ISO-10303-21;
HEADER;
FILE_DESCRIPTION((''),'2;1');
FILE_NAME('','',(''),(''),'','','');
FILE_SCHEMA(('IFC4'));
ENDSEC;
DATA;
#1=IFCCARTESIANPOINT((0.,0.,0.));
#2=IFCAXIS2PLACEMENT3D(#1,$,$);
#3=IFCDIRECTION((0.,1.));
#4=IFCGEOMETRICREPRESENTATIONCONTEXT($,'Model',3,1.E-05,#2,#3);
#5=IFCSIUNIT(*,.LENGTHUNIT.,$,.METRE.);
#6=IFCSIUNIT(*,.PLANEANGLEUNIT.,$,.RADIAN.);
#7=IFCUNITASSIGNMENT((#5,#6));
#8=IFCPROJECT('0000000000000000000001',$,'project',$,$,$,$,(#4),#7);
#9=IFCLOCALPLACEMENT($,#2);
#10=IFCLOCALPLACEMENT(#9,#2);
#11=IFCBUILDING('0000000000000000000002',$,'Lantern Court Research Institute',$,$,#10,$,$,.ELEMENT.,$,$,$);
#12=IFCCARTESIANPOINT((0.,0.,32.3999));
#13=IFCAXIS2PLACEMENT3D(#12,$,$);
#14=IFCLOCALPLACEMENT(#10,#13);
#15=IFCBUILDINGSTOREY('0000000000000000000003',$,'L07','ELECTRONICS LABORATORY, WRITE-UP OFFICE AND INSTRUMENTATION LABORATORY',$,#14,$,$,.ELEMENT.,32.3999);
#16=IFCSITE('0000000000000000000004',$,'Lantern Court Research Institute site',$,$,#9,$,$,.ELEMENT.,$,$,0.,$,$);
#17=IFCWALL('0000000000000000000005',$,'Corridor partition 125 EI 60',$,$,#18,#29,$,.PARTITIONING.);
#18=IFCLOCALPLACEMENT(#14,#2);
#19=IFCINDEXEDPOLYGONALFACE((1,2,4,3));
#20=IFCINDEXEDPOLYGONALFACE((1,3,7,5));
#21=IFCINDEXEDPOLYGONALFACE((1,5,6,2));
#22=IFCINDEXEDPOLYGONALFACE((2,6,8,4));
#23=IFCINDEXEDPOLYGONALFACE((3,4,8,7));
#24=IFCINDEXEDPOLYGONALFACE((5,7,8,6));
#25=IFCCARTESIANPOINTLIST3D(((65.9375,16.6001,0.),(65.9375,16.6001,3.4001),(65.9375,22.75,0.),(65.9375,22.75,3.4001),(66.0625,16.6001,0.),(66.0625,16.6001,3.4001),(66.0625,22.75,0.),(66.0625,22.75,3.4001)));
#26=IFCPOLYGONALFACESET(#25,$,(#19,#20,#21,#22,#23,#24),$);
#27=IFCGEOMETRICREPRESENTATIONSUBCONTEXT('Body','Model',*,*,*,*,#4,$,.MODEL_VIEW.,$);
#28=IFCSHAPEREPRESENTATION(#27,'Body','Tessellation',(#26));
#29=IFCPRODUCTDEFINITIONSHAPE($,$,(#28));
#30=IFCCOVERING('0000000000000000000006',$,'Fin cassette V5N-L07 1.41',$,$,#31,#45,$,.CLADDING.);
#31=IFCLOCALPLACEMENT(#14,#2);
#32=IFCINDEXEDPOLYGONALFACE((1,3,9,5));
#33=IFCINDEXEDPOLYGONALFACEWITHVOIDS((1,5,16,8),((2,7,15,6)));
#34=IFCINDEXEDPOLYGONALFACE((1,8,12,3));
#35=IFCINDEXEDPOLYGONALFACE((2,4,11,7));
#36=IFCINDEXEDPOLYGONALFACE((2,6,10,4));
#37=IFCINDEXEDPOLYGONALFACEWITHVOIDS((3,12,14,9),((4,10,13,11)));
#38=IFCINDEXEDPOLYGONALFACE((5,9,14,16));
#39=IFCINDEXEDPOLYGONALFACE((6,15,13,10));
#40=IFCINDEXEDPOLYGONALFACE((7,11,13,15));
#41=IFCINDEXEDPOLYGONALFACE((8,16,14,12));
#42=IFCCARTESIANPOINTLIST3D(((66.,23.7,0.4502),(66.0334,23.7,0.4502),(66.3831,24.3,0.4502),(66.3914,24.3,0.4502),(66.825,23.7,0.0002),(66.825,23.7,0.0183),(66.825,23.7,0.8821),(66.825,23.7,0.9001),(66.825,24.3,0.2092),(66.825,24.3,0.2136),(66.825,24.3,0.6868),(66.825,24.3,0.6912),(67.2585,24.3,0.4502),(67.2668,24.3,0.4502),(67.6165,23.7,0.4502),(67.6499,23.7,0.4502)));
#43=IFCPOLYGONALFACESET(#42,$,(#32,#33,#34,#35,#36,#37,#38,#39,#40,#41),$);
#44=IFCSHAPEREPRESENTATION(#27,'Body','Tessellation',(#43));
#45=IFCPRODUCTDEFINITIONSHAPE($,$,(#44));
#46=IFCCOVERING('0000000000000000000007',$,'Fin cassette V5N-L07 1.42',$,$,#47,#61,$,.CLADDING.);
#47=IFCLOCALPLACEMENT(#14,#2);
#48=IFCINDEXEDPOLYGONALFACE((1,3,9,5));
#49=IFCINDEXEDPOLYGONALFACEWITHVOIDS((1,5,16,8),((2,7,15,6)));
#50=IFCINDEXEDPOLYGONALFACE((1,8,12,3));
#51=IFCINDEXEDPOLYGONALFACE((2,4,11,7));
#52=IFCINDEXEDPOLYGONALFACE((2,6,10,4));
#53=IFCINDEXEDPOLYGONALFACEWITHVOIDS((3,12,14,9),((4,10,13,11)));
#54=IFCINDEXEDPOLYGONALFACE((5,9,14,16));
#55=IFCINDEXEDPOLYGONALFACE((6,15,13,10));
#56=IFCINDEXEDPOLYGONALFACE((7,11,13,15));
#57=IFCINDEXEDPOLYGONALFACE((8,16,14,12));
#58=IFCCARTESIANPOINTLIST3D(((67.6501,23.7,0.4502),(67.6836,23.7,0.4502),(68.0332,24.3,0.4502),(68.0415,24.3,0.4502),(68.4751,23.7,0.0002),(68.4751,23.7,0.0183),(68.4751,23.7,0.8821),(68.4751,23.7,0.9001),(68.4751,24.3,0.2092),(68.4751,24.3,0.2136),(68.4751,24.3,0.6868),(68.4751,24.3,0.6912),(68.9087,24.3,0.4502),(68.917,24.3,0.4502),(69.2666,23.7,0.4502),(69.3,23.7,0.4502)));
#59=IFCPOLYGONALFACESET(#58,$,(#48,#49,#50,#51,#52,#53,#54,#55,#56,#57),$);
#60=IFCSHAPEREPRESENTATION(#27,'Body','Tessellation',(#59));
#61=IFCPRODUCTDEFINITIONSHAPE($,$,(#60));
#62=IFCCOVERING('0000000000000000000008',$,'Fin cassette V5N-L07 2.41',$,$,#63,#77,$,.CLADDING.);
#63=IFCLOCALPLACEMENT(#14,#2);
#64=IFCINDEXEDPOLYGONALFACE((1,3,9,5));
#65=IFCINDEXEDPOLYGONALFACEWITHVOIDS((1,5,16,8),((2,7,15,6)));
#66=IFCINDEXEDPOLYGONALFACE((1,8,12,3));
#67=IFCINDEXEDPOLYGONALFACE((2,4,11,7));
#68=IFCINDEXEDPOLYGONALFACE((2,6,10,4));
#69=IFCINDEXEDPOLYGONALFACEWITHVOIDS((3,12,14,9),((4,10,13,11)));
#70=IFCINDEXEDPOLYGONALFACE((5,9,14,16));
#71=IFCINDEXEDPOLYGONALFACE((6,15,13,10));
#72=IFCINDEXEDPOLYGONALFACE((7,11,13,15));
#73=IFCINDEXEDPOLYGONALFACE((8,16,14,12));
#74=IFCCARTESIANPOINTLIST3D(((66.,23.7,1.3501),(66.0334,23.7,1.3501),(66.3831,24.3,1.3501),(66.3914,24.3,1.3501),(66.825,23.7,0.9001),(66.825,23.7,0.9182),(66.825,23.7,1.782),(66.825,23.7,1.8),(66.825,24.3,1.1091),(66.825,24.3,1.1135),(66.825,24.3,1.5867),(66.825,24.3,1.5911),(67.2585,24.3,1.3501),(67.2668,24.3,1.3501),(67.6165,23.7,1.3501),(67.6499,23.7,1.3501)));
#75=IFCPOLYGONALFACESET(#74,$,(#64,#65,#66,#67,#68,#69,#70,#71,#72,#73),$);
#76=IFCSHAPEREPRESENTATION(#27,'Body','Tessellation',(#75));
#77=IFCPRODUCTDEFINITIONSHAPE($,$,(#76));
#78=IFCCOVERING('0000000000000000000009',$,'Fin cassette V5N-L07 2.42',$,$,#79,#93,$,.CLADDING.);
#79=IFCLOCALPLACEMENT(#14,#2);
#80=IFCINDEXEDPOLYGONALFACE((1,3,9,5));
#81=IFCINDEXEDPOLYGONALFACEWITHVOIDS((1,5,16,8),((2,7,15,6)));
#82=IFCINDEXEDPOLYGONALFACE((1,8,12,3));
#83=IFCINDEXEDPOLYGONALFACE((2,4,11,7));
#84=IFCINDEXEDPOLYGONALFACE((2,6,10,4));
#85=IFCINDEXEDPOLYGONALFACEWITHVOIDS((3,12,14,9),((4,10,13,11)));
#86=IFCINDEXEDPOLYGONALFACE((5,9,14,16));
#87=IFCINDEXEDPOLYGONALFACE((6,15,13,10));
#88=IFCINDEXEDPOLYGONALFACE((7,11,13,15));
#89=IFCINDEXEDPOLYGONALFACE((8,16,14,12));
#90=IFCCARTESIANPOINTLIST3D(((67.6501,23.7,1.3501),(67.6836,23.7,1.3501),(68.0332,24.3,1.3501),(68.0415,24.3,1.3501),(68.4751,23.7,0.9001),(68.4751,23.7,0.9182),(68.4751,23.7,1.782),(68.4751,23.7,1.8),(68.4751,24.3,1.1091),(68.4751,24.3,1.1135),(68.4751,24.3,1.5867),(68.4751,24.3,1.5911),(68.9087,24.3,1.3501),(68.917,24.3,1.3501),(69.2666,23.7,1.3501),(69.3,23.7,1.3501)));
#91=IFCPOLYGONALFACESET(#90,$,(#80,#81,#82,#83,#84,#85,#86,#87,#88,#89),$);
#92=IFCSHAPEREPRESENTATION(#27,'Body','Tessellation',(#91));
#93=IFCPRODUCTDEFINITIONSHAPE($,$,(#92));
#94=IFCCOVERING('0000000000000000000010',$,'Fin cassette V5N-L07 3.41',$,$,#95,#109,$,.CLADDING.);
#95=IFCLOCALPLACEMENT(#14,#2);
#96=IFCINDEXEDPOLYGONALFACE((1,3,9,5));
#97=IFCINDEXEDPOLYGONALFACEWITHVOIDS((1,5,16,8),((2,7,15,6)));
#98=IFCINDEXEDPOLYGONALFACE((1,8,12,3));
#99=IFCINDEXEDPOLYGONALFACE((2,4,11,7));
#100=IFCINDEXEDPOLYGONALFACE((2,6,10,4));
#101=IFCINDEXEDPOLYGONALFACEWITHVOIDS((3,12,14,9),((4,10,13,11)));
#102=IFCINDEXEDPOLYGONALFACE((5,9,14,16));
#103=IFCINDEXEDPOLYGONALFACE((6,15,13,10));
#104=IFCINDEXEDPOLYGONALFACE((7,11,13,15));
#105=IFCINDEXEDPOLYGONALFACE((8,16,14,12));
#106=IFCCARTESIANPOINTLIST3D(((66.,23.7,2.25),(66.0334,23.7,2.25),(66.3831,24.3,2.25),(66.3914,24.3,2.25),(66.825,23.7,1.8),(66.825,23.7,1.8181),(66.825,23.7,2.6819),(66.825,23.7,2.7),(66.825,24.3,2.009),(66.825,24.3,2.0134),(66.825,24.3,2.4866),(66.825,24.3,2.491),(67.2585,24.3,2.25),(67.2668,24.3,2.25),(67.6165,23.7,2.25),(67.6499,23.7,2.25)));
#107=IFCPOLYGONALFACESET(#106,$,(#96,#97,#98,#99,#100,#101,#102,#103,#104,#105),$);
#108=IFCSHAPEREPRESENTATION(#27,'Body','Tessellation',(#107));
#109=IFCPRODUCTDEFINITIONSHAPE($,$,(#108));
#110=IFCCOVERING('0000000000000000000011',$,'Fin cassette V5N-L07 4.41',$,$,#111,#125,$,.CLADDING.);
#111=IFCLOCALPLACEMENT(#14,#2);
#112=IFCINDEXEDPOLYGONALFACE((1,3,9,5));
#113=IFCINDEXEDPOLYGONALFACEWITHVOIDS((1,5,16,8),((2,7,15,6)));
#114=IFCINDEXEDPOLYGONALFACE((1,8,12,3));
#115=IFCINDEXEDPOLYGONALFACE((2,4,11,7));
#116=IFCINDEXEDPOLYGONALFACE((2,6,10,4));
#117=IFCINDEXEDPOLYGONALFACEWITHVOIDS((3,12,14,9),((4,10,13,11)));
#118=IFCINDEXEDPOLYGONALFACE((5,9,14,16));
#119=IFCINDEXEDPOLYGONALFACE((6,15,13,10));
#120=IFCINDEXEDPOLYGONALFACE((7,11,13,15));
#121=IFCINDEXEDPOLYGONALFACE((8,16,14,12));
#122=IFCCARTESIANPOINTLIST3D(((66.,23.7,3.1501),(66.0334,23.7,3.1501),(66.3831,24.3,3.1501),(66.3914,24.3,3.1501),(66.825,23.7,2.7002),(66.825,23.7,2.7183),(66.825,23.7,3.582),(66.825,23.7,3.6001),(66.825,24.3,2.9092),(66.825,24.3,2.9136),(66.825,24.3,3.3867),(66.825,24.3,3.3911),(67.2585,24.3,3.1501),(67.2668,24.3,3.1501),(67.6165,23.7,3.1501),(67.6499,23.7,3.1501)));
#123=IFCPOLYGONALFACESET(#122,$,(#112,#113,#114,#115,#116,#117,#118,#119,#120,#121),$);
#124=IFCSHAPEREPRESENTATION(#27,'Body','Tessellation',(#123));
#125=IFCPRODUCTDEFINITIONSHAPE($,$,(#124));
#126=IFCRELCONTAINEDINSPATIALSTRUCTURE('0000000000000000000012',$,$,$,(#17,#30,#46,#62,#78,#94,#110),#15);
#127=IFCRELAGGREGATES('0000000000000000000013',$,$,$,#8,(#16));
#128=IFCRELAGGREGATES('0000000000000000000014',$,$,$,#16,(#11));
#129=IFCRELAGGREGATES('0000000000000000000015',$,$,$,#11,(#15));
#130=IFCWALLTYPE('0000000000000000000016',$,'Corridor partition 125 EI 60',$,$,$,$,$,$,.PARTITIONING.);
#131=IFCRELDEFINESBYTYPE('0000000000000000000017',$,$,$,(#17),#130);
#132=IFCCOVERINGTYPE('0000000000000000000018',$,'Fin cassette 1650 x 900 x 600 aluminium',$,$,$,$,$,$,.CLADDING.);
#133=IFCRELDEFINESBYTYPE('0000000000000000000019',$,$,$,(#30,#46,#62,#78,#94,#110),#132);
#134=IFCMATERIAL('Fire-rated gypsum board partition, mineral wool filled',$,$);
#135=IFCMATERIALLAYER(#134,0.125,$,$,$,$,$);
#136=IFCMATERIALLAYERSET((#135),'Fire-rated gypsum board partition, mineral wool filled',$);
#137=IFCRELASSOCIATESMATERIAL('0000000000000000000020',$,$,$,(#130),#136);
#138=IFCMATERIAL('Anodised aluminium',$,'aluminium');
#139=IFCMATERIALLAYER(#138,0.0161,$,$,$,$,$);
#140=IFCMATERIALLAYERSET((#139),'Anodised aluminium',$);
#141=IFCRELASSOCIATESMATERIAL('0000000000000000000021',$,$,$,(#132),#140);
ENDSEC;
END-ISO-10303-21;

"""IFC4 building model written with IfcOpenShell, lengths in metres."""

from ifc_helpers import new_model, entity, si_unit, direction, frame, frame_2d, origin, place, context, subcontext, project, spatial, rectangle, extrude, material, layer, layer_set, type_object, element, save


model = new_model("IFC4")

# Units and contexts
model_context = context("Model", 3, precision=1e-05, world=origin(), true_north=direction((0.0, 1.0)))
body_context = subcontext(model_context, "Body", "Model", "MODEL_VIEW")
ifc_project = project(units=[si_unit("LENGTHUNIT", "METRE"), si_unit("PLANEANGLEUNIT", "RADIAN")], contexts=[model_context])

# Site, building, storey
site_placement = place(None, origin())
site = spatial("IfcSite", under=ifc_project, at=site_placement, Name="Lantern Court Research Institute site", CompositionType="ELEMENT", RefElevation=0.0)
building_placement = place(site_placement, origin())
building = spatial("IfcBuilding", under=site, at=building_placement, Name="Lantern Court Research Institute", CompositionType="ELEMENT")
storey_placement = place(building_placement, frame((0.0, 0.0, 32.3999)))
storey = spatial("IfcBuildingStorey", under=building, at=storey_placement, Name="L07", Description="ELECTRONICS LABORATORY, WRITE-UP OFFICE AND INSTRUMENTATION LABORATORY", CompositionType="ELEMENT", Elevation=32.3999)

# Wall
ifc_material_1 = material(Name="Fire-rated gypsum board partition, mineral wool filled")
ifc_layer_1 = layer(ifc_material_1, 0.125)
ifc_layer_set_1 = layer_set([ifc_layer_1], Name="Fire-rated gypsum board partition, mineral wool filled")
wall_type_1 = type_object("IfcWallType", Name="Corridor partition 125 EI 60", PredefinedType="PARTITIONING", material=ifc_layer_set_1)
wall_1_placement = place(storey_placement, frame((66.0, 16.6001, 0.0), z_axis=(0.0, 0.0, 1.0), x_axis=(0.0, 1.0, 0.0)))
element("IfcWall", 1, at=wall_1_placement, inside=storey, type_object=wall_type_1, Name="Corridor partition 125 EI 60", PredefinedType="PARTITIONING", context=body_context, shape_type="SweptSolid", body=[
    extrude(rectangle(XDim=6.1499, YDim=0.125, at=frame_2d((3.075, 0.0))), origin(), (0.0, 0.0, 1.0), 3.4001),
])

# Coverings
ifc_material_2 = material(Name="Anodised aluminium", Category="aluminium")
ifc_layer_2 = layer(ifc_material_2, 0.0161)
ifc_layer_set_2 = layer_set([ifc_layer_2], Name="Anodised aluminium")
covering_type = type_object("IfcCoveringType", Name="Fin cassette 1650 x 900 x 600 aluminium", PredefinedType="CLADDING", material=ifc_layer_set_2)
covering_1_placement = place(storey_placement, frame((66.825, 23.7, 0.4502), z_axis=(0.0, 1.0, 0.0), x_axis=(-1.0, 0.0, 0.0)))
cartesian_point_1 = entity("IfcCartesianPoint", [0.825, 0.0])
cartesian_point_2 = entity("IfcCartesianPoint", [0.7915, 0.0])
cartesian_point_3 = entity("IfcCartesianPoint", [0.4419, 0.0])
cartesian_point_4 = entity("IfcCartesianPoint", [0.4336, 0.0])
element("IfcCovering", 2, at=covering_1_placement, inside=storey, type_object=covering_type, Name="Fin cassette V5N-L07 1.41", PredefinedType="CLADDING", context=body_context, shape_type="SweptSolid", body=[
    entity("IfcExtrudedAreaSolidTapered", entity("IfcArbitraryProfileDefWithVoids", "AREA", None, entity("IfcPolyline", [cartesian_point_1, entity("IfcCartesianPoint", [0.0, 0.45]), entity("IfcCartesianPoint", [-0.825, 0.0]), entity("IfcCartesianPoint", [0.0, -0.45]), cartesian_point_1]), [entity("IfcPolyline", [cartesian_point_2, entity("IfcCartesianPoint", [0.0, 0.4319]), entity("IfcCartesianPoint", [-0.7915, 0.0]), entity("IfcCartesianPoint", [0.0, -0.4319]), cartesian_point_2])]), entity("IfcAxis2Placement3D", entity("IfcCartesianPoint", [0.0, 0.0, 0.0])), entity("IfcDirection", [0.0, 0.0, 1.0]), 0.6001, entity("IfcArbitraryProfileDefWithVoids", "AREA", None, entity("IfcPolyline", [cartesian_point_3, entity("IfcCartesianPoint", [0.0, 0.241]), entity("IfcCartesianPoint", [-0.4419, 0.0]), entity("IfcCartesianPoint", [0.0, -0.241]), cartesian_point_3]), [entity("IfcPolyline", [cartesian_point_4, entity("IfcCartesianPoint", [0.0, 0.2366]), entity("IfcCartesianPoint", [-0.4336, 0.0]), entity("IfcCartesianPoint", [0.0, -0.2366]), cartesian_point_4])])),
])
covering_2_placement = place(storey_placement, frame((68.4751, 23.7, 0.4502), z_axis=(0.0, 1.0, 0.0), x_axis=(-1.0, 0.0, 0.0)))
cartesian_point_5 = entity("IfcCartesianPoint", [0.825, 0.0])
cartesian_point_6 = entity("IfcCartesianPoint", [0.7915, 0.0])
cartesian_point_7 = entity("IfcCartesianPoint", [0.4419, 0.0])
cartesian_point_8 = entity("IfcCartesianPoint", [0.4336, 0.0])
element("IfcCovering", 3, at=covering_2_placement, inside=storey, type_object=covering_type, Name="Fin cassette V5N-L07 1.42", PredefinedType="CLADDING", context=body_context, shape_type="SweptSolid", body=[
    entity("IfcExtrudedAreaSolidTapered", entity("IfcArbitraryProfileDefWithVoids", "AREA", None, entity("IfcPolyline", [cartesian_point_5, entity("IfcCartesianPoint", [0.0, 0.45]), entity("IfcCartesianPoint", [-0.825, 0.0]), entity("IfcCartesianPoint", [0.0, -0.45]), cartesian_point_5]), [entity("IfcPolyline", [cartesian_point_6, entity("IfcCartesianPoint", [0.0, 0.4319]), entity("IfcCartesianPoint", [-0.7915, 0.0]), entity("IfcCartesianPoint", [0.0, -0.4319]), cartesian_point_6])]), entity("IfcAxis2Placement3D", entity("IfcCartesianPoint", [0.0, 0.0, 0.0])), entity("IfcDirection", [0.0, 0.0, 1.0]), 0.6001, entity("IfcArbitraryProfileDefWithVoids", "AREA", None, entity("IfcPolyline", [cartesian_point_7, entity("IfcCartesianPoint", [0.0, 0.241]), entity("IfcCartesianPoint", [-0.4419, 0.0]), entity("IfcCartesianPoint", [0.0, -0.241]), cartesian_point_7]), [entity("IfcPolyline", [cartesian_point_8, entity("IfcCartesianPoint", [0.0, 0.2366]), entity("IfcCartesianPoint", [-0.4336, 0.0]), entity("IfcCartesianPoint", [0.0, -0.2366]), cartesian_point_8])])),
])
covering_3_placement = place(storey_placement, frame((66.825, 23.7, 1.3501), z_axis=(0.0, 1.0, 0.0), x_axis=(-1.0, 0.0, 0.0)))
cartesian_point_9 = entity("IfcCartesianPoint", [0.825, 0.0])
cartesian_point_10 = entity("IfcCartesianPoint", [0.7915, 0.0])
cartesian_point_11 = entity("IfcCartesianPoint", [0.4419, 0.0])
cartesian_point_12 = entity("IfcCartesianPoint", [0.4336, 0.0])
element("IfcCovering", 4, at=covering_3_placement, inside=storey, type_object=covering_type, Name="Fin cassette V5N-L07 2.41", PredefinedType="CLADDING", context=body_context, shape_type="SweptSolid", body=[
    entity("IfcExtrudedAreaSolidTapered", entity("IfcArbitraryProfileDefWithVoids", "AREA", None, entity("IfcPolyline", [cartesian_point_9, entity("IfcCartesianPoint", [0.0, 0.45]), entity("IfcCartesianPoint", [-0.825, 0.0]), entity("IfcCartesianPoint", [0.0, -0.45]), cartesian_point_9]), [entity("IfcPolyline", [cartesian_point_10, entity("IfcCartesianPoint", [0.0, 0.4319]), entity("IfcCartesianPoint", [-0.7915, 0.0]), entity("IfcCartesianPoint", [0.0, -0.4319]), cartesian_point_10])]), entity("IfcAxis2Placement3D", entity("IfcCartesianPoint", [0.0, 0.0, 0.0])), entity("IfcDirection", [0.0, 0.0, 1.0]), 0.6001, entity("IfcArbitraryProfileDefWithVoids", "AREA", None, entity("IfcPolyline", [cartesian_point_11, entity("IfcCartesianPoint", [0.0, 0.241]), entity("IfcCartesianPoint", [-0.4419, 0.0]), entity("IfcCartesianPoint", [0.0, -0.241]), cartesian_point_11]), [entity("IfcPolyline", [cartesian_point_12, entity("IfcCartesianPoint", [0.0, 0.2366]), entity("IfcCartesianPoint", [-0.4336, 0.0]), entity("IfcCartesianPoint", [0.0, -0.2366]), cartesian_point_12])])),
])
covering_4_placement = place(storey_placement, frame((68.4751, 23.7, 1.3501), z_axis=(0.0, 1.0, 0.0), x_axis=(-1.0, 0.0, 0.0)))
cartesian_point_13 = entity("IfcCartesianPoint", [0.825, 0.0])
cartesian_point_14 = entity("IfcCartesianPoint", [0.7915, 0.0])
cartesian_point_15 = entity("IfcCartesianPoint", [0.4419, 0.0])
cartesian_point_16 = entity("IfcCartesianPoint", [0.4336, 0.0])
element("IfcCovering", 5, at=covering_4_placement, inside=storey, type_object=covering_type, Name="Fin cassette V5N-L07 2.42", PredefinedType="CLADDING", context=body_context, shape_type="SweptSolid", body=[
    entity("IfcExtrudedAreaSolidTapered", entity("IfcArbitraryProfileDefWithVoids", "AREA", None, entity("IfcPolyline", [cartesian_point_13, entity("IfcCartesianPoint", [0.0, 0.45]), entity("IfcCartesianPoint", [-0.825, 0.0]), entity("IfcCartesianPoint", [0.0, -0.45]), cartesian_point_13]), [entity("IfcPolyline", [cartesian_point_14, entity("IfcCartesianPoint", [0.0, 0.4319]), entity("IfcCartesianPoint", [-0.7915, 0.0]), entity("IfcCartesianPoint", [0.0, -0.4319]), cartesian_point_14])]), entity("IfcAxis2Placement3D", entity("IfcCartesianPoint", [0.0, 0.0, 0.0])), entity("IfcDirection", [0.0, 0.0, 1.0]), 0.6001, entity("IfcArbitraryProfileDefWithVoids", "AREA", None, entity("IfcPolyline", [cartesian_point_15, entity("IfcCartesianPoint", [0.0, 0.241]), entity("IfcCartesianPoint", [-0.4419, 0.0]), entity("IfcCartesianPoint", [0.0, -0.241]), cartesian_point_15]), [entity("IfcPolyline", [cartesian_point_16, entity("IfcCartesianPoint", [0.0, 0.2366]), entity("IfcCartesianPoint", [-0.4336, 0.0]), entity("IfcCartesianPoint", [0.0, -0.2366]), cartesian_point_16])])),
])
covering_5_placement = place(storey_placement, frame((66.825, 23.7, 2.25), z_axis=(0.0, 1.0, 0.0), x_axis=(-1.0, 0.0, 0.0)))
cartesian_point_17 = entity("IfcCartesianPoint", [0.825, 0.0])
cartesian_point_18 = entity("IfcCartesianPoint", [0.7915, 0.0])
cartesian_point_19 = entity("IfcCartesianPoint", [0.4419, 0.0])
cartesian_point_20 = entity("IfcCartesianPoint", [0.4336, 0.0])
element("IfcCovering", 6, at=covering_5_placement, inside=storey, type_object=covering_type, Name="Fin cassette V5N-L07 3.41", PredefinedType="CLADDING", context=body_context, shape_type="SweptSolid", body=[
    entity("IfcExtrudedAreaSolidTapered", entity("IfcArbitraryProfileDefWithVoids", "AREA", None, entity("IfcPolyline", [cartesian_point_17, entity("IfcCartesianPoint", [0.0, 0.45]), entity("IfcCartesianPoint", [-0.825, 0.0]), entity("IfcCartesianPoint", [0.0, -0.45]), cartesian_point_17]), [entity("IfcPolyline", [cartesian_point_18, entity("IfcCartesianPoint", [0.0, 0.4319]), entity("IfcCartesianPoint", [-0.7915, 0.0]), entity("IfcCartesianPoint", [0.0, -0.4319]), cartesian_point_18])]), entity("IfcAxis2Placement3D", entity("IfcCartesianPoint", [0.0, 0.0, 0.0])), entity("IfcDirection", [0.0, 0.0, 1.0]), 0.6001, entity("IfcArbitraryProfileDefWithVoids", "AREA", None, entity("IfcPolyline", [cartesian_point_19, entity("IfcCartesianPoint", [0.0, 0.241]), entity("IfcCartesianPoint", [-0.4419, 0.0]), entity("IfcCartesianPoint", [0.0, -0.241]), cartesian_point_19]), [entity("IfcPolyline", [cartesian_point_20, entity("IfcCartesianPoint", [0.0, 0.2366]), entity("IfcCartesianPoint", [-0.4336, 0.0]), entity("IfcCartesianPoint", [0.0, -0.2366]), cartesian_point_20])])),
])
covering_6_placement = place(storey_placement, frame((66.825, 23.7, 3.1501), z_axis=(0.0, 1.0, 0.0), x_axis=(-1.0, 0.0, 0.0)))
cartesian_point_21 = entity("IfcCartesianPoint", [0.825, 0.0])
cartesian_point_22 = entity("IfcCartesianPoint", [0.7915, 0.0])
cartesian_point_23 = entity("IfcCartesianPoint", [0.4419, 0.0])
cartesian_point_24 = entity("IfcCartesianPoint", [0.4336, 0.0])
element("IfcCovering", 7, at=covering_6_placement, inside=storey, type_object=covering_type, Name="Fin cassette V5N-L07 4.41", PredefinedType="CLADDING", context=body_context, shape_type="SweptSolid", body=[
    entity("IfcExtrudedAreaSolidTapered", entity("IfcArbitraryProfileDefWithVoids", "AREA", None, entity("IfcPolyline", [cartesian_point_21, entity("IfcCartesianPoint", [0.0, 0.45]), entity("IfcCartesianPoint", [-0.825, 0.0]), entity("IfcCartesianPoint", [0.0, -0.45]), cartesian_point_21]), [entity("IfcPolyline", [cartesian_point_22, entity("IfcCartesianPoint", [0.0, 0.4319]), entity("IfcCartesianPoint", [-0.7915, 0.0]), entity("IfcCartesianPoint", [0.0, -0.4319]), cartesian_point_22])]), entity("IfcAxis2Placement3D", entity("IfcCartesianPoint", [0.0, 0.0, 0.0])), entity("IfcDirection", [0.0, 0.0, 1.0]), 0.6001, entity("IfcArbitraryProfileDefWithVoids", "AREA", None, entity("IfcPolyline", [cartesian_point_23, entity("IfcCartesianPoint", [0.0, 0.241]), entity("IfcCartesianPoint", [-0.4419, 0.0]), entity("IfcCartesianPoint", [0.0, -0.241]), cartesian_point_23]), [entity("IfcPolyline", [cartesian_point_24, entity("IfcCartesianPoint", [0.0, 0.2366]), entity("IfcCartesianPoint", [-0.4336, 0.0]), entity("IfcCartesianPoint", [0.0, -0.2366]), cartesian_point_24])])),
])

save(model, "model.ifc")
